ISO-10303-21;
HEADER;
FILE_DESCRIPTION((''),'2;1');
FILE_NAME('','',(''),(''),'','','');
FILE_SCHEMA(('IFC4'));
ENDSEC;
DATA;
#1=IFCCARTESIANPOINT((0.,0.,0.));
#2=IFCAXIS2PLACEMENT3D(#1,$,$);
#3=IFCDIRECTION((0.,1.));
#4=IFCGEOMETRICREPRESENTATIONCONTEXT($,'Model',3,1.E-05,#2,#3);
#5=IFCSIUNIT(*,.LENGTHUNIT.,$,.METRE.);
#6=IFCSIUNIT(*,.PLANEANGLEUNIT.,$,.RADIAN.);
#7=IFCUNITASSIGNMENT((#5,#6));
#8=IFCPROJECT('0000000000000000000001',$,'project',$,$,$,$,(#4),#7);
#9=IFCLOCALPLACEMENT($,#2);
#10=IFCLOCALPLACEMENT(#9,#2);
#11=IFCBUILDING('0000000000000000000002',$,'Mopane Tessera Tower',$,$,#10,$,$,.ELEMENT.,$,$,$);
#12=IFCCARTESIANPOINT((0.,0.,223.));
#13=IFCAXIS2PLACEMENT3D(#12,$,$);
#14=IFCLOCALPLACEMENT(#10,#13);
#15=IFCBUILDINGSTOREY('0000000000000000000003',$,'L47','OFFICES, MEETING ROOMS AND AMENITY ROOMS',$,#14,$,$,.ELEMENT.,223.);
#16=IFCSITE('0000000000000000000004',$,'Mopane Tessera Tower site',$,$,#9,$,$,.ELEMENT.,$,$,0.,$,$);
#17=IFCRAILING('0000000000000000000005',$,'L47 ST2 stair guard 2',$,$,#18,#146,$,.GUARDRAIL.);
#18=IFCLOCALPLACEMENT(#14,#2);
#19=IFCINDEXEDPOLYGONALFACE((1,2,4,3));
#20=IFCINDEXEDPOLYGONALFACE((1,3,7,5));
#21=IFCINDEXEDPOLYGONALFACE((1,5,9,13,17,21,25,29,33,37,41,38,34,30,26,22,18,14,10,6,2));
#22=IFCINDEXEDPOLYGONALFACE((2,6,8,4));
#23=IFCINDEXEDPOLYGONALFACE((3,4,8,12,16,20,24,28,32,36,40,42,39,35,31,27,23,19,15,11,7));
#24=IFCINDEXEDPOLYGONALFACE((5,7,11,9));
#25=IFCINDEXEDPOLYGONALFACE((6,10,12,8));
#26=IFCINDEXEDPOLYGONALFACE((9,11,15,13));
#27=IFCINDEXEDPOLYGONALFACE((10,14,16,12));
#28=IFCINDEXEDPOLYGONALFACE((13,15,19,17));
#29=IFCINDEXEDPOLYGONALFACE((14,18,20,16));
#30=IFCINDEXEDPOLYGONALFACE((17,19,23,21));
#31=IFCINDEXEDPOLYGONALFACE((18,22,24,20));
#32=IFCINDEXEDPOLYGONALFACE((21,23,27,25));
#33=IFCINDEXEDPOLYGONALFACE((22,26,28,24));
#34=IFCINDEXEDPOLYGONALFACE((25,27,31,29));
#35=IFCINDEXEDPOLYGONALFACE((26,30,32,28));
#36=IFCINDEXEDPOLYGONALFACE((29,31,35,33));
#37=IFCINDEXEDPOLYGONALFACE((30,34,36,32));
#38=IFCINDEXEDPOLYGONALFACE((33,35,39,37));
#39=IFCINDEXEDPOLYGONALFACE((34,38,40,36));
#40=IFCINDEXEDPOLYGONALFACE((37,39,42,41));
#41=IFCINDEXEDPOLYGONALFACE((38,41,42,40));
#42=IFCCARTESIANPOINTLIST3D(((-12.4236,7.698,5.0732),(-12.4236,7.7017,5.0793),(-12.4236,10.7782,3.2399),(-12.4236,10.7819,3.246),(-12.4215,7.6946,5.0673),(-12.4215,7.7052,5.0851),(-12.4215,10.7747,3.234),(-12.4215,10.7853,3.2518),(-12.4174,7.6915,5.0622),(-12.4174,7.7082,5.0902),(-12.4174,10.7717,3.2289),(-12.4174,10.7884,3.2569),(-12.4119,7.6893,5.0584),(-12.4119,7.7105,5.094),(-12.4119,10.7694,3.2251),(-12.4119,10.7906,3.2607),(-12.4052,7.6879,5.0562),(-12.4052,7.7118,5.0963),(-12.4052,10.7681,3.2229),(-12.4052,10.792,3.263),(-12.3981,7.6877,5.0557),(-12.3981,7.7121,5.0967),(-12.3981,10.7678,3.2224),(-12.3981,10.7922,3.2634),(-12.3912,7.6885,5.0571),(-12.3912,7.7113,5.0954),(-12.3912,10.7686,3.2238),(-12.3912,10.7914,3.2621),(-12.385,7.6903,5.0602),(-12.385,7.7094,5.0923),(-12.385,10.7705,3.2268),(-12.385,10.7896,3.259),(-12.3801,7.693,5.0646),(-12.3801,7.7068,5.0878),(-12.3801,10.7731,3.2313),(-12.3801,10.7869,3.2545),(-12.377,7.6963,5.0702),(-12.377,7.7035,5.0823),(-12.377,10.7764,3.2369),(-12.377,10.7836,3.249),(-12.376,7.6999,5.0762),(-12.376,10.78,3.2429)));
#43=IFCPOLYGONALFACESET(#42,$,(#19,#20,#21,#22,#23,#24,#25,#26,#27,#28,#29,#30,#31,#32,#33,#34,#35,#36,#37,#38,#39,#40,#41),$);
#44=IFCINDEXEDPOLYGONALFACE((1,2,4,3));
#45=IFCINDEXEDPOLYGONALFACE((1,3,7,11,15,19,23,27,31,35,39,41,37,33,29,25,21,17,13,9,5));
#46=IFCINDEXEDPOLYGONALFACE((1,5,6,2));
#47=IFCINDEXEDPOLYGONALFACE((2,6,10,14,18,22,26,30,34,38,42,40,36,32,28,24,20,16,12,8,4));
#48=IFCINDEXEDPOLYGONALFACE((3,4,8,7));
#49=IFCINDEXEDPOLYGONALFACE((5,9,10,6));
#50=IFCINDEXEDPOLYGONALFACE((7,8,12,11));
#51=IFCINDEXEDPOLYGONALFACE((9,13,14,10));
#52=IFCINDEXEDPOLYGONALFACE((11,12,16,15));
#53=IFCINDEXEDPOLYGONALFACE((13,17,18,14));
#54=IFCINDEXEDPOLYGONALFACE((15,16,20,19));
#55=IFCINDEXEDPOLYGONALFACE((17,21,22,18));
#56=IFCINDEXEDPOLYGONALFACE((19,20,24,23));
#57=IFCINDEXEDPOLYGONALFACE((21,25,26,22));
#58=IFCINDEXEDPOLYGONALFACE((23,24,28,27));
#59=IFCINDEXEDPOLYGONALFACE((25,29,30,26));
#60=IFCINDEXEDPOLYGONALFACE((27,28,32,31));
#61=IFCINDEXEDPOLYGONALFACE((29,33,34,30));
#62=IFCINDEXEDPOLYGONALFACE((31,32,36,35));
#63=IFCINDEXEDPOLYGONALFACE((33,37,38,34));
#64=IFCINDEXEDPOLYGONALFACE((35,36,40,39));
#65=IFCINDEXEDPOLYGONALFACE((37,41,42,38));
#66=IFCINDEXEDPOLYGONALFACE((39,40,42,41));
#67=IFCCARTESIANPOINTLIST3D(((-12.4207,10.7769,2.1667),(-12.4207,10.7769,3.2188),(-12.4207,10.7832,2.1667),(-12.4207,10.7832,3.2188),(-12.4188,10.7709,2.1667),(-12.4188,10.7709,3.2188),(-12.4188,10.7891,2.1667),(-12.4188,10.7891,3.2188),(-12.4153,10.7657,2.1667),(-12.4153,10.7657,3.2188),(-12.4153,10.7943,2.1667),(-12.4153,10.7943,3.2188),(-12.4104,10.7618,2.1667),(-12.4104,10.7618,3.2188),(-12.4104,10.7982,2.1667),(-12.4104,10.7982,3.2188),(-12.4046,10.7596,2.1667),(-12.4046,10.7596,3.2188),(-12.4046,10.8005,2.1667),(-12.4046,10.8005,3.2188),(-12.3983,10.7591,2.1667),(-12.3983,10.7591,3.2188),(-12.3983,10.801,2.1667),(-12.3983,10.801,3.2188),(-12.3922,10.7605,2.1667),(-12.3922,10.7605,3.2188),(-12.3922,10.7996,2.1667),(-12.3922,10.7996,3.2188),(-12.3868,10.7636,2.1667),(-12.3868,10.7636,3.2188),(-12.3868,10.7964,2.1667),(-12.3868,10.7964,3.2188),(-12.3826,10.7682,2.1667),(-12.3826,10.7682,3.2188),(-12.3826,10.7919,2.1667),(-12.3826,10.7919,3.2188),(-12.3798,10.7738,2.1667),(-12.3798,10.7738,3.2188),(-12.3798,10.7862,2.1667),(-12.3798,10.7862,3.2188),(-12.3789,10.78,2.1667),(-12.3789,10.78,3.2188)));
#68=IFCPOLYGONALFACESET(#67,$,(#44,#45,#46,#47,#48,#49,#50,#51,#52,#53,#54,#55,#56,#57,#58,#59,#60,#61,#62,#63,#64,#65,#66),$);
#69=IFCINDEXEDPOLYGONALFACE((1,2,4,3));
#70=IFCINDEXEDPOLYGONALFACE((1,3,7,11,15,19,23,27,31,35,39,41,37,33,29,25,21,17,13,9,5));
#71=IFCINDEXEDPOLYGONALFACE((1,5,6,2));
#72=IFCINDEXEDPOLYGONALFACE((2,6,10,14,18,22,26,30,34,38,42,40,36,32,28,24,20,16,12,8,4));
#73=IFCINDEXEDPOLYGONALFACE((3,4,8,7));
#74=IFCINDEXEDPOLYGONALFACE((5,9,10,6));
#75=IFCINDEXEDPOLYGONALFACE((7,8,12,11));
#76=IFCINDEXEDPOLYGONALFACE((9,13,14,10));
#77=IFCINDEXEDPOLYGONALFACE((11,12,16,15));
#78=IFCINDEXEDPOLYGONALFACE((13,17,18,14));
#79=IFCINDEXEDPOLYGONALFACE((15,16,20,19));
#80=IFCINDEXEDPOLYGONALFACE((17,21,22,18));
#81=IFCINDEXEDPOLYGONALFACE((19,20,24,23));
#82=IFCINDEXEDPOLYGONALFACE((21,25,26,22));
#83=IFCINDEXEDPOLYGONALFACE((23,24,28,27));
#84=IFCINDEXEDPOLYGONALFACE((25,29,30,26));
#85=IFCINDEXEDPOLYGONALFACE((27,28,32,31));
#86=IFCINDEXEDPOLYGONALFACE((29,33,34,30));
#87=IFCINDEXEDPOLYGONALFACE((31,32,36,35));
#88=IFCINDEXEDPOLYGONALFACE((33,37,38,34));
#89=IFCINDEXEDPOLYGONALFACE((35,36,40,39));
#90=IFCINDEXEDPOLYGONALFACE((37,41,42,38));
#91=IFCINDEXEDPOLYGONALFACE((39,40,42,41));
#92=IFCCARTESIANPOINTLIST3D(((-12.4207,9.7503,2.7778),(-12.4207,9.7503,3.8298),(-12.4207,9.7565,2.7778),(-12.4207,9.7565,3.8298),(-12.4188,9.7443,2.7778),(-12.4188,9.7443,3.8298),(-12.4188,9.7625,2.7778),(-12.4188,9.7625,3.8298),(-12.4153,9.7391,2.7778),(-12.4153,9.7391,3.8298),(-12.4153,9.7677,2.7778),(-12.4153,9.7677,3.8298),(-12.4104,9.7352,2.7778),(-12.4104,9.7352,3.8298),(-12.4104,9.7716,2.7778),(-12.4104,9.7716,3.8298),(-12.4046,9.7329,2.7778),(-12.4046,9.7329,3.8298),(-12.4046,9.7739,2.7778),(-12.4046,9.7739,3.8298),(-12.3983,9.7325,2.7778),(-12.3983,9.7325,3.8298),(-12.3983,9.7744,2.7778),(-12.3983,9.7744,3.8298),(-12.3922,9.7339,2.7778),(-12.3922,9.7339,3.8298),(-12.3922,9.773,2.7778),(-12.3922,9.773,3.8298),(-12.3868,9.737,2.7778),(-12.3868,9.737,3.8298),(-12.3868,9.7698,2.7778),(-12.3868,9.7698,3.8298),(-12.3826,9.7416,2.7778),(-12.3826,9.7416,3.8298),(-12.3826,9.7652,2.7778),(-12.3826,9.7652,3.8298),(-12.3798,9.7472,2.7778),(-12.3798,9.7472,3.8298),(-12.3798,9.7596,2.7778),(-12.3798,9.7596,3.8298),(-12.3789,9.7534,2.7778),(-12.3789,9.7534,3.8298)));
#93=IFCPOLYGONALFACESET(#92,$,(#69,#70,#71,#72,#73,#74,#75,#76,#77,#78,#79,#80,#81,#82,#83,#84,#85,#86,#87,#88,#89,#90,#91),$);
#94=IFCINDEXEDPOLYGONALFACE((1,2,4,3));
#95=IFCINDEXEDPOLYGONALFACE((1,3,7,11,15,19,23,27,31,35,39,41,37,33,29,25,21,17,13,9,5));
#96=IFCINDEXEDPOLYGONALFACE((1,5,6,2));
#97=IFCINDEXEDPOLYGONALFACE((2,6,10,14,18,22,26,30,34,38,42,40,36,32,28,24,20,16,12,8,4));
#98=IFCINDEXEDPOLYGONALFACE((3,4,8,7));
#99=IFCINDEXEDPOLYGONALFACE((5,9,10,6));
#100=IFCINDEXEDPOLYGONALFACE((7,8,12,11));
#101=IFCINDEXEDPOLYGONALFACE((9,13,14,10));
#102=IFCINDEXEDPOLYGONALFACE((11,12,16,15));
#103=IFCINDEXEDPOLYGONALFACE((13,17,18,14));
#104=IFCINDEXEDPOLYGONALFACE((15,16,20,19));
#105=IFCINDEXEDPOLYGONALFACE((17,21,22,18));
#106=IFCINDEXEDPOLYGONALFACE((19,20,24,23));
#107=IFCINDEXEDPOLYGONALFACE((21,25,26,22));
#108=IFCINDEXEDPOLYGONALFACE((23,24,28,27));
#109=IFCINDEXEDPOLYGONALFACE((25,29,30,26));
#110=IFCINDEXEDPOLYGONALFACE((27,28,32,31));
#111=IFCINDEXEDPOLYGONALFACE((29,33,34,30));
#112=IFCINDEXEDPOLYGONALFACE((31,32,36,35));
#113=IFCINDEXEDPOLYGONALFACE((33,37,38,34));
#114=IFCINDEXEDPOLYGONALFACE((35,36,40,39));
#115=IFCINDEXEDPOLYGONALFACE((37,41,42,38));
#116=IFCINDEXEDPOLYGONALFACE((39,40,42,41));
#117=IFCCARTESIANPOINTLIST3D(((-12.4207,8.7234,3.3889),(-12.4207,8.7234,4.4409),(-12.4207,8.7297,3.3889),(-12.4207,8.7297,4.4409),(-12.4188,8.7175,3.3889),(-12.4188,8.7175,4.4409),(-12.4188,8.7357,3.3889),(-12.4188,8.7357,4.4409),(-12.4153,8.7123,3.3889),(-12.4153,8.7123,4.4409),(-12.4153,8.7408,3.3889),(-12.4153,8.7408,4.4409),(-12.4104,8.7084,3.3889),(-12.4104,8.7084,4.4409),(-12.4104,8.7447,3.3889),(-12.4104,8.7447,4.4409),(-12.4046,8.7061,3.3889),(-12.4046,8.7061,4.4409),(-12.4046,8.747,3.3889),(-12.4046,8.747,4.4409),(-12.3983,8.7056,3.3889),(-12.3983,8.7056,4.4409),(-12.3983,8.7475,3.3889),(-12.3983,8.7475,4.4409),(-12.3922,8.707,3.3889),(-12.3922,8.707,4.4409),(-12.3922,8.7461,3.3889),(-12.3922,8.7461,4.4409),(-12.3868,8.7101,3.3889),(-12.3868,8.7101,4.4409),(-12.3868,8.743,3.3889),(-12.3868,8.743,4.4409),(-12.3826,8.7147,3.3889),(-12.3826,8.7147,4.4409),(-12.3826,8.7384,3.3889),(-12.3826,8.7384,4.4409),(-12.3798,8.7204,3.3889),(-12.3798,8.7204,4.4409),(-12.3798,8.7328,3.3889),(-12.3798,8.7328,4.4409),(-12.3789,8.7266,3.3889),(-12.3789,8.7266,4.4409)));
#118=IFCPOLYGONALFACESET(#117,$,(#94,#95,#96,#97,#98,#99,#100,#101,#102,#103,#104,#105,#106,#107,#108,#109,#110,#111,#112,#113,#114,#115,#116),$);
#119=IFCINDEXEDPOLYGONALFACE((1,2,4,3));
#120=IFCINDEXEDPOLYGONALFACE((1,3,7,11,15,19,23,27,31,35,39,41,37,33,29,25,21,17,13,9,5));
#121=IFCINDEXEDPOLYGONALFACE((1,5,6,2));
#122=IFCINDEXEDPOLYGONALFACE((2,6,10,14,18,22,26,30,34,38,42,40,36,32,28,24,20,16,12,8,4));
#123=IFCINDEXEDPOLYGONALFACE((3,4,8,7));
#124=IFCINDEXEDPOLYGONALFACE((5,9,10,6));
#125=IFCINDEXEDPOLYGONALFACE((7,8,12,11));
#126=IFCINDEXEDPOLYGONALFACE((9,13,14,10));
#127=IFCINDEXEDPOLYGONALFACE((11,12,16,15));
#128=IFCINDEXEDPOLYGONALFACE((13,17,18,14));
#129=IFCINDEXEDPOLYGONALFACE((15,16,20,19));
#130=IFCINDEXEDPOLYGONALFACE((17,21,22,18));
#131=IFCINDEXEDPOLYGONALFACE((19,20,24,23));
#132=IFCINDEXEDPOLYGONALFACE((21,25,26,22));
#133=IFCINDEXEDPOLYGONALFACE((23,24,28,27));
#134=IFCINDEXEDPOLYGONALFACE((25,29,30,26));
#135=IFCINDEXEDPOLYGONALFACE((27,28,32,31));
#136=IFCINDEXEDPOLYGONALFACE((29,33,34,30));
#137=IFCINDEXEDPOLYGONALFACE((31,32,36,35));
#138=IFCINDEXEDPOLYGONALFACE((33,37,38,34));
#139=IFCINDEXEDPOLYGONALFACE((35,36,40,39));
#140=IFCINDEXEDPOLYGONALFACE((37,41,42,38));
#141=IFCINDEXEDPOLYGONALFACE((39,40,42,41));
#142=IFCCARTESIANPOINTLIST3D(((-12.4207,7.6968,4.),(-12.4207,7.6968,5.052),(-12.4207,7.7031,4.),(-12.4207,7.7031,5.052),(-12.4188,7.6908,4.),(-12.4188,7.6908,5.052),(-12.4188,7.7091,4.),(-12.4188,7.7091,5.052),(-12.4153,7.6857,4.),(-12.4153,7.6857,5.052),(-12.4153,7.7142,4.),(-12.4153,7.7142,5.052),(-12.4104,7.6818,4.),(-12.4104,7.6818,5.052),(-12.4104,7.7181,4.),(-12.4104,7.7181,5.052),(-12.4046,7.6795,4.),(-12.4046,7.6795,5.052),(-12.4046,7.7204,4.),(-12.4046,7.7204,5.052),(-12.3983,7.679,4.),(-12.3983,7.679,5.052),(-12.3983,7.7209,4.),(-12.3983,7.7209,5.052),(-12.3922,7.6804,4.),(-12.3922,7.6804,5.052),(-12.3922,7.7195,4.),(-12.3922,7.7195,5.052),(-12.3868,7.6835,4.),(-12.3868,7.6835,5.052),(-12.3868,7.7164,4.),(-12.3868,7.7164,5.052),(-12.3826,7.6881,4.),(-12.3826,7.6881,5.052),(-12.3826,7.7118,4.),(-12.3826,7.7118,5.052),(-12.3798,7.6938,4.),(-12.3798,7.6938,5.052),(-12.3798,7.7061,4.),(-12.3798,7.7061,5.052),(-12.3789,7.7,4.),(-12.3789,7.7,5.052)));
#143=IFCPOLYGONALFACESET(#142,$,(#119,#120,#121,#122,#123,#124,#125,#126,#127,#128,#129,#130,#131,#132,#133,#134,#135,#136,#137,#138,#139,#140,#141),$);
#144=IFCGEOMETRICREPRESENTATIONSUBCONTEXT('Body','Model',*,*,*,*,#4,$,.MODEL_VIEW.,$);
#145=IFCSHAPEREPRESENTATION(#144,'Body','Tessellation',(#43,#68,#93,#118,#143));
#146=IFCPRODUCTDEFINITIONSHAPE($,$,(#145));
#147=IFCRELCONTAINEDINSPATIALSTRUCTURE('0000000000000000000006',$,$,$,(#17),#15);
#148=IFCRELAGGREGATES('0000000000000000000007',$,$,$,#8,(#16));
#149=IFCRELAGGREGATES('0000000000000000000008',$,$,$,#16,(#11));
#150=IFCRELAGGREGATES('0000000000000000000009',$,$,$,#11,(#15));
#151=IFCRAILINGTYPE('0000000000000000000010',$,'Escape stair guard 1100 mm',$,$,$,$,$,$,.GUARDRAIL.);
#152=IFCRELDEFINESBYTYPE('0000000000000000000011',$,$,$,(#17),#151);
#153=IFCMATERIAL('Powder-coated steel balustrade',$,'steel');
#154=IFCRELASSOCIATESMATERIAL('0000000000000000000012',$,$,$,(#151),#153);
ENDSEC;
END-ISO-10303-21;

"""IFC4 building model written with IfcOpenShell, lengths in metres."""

from ifc_helpers import new_model, si_unit, direction, frame, origin, origin_2d, place, context, subcontext, project, spatial, circle, extrude, material, type_object, element, save


model = new_model("IFC4")

# Units and contexts
model_context = context("Model", 3, precision=1e-05, world=origin(), true_north=direction((0.0, 1.0)))
body_context = subcontext(model_context, "Body", "Model", "MODEL_VIEW")
ifc_project = project(units=[si_unit("LENGTHUNIT", "METRE"), si_unit("PLANEANGLEUNIT", "RADIAN")], contexts=[model_context])

# Site, building, storey
site_placement = place(None, origin())
site = spatial("IfcSite", under=ifc_project, at=site_placement, Name="Mopane Tessera Tower site", CompositionType="ELEMENT", RefElevation=0.0)
building_placement = place(site_placement, origin())
building = spatial("IfcBuilding", under=site, at=building_placement, Name="Mopane Tessera Tower", CompositionType="ELEMENT")
storey_placement = place(building_placement, frame((0.0, 0.0, 223.0)))
storey = spatial("IfcBuildingStorey", under=building, at=storey_placement, Name="L47", Description="OFFICES, MEETING ROOMS AND AMENITY ROOMS", CompositionType="ELEMENT", Elevation=223.0)

# Railing
ifc_material_1 = material(Name="Powder-coated steel balustrade", Category="steel")
railing_type_1 = type_object("IfcRailingType", Name="Escape stair guard 1100 mm", PredefinedType="GUARDRAIL", material=ifc_material_1)
railing_1_placement = place(storey_placement, frame((-12.3999, 10.78, 2.1667)))
element("IfcRailing", 1, at=railing_1_placement, inside=storey, type_object=railing_type_1, Name="L47 ST2 stair guard 2", PredefinedType="GUARDRAIL", context=body_context, shape_type="SweptSolid", body=[
    extrude(circle(Radius=0.0239, at=origin_2d()), frame((0.0, 0.0, 1.0762), z_axis=(0.0, -0.859309, 0.511458), x_axis=(1.0, 0.0, 0.0)), (0.0, 0.0, 1.0), 3.5845),
    extrude(circle(Radius=0.021, at=origin_2d()), origin(), (0.0, 0.0, 1.0), 1.052),
    extrude(circle(Radius=0.021, at=origin_2d()), frame((0.0, -1.0266, 0.6111)), (0.0, 0.0, 1.0), 1.052),
    extrude(circle(Radius=0.021, at=origin_2d()), frame((0.0, -2.0535, 1.2222)), (0.0, 0.0, 1.0), 1.052),
    extrude(circle(Radius=0.021, at=origin_2d()), frame((0.0, -3.0801, 1.8333)), (0.0, 0.0, 1.0), 1.052),
])

save(model, "model.ifc")
